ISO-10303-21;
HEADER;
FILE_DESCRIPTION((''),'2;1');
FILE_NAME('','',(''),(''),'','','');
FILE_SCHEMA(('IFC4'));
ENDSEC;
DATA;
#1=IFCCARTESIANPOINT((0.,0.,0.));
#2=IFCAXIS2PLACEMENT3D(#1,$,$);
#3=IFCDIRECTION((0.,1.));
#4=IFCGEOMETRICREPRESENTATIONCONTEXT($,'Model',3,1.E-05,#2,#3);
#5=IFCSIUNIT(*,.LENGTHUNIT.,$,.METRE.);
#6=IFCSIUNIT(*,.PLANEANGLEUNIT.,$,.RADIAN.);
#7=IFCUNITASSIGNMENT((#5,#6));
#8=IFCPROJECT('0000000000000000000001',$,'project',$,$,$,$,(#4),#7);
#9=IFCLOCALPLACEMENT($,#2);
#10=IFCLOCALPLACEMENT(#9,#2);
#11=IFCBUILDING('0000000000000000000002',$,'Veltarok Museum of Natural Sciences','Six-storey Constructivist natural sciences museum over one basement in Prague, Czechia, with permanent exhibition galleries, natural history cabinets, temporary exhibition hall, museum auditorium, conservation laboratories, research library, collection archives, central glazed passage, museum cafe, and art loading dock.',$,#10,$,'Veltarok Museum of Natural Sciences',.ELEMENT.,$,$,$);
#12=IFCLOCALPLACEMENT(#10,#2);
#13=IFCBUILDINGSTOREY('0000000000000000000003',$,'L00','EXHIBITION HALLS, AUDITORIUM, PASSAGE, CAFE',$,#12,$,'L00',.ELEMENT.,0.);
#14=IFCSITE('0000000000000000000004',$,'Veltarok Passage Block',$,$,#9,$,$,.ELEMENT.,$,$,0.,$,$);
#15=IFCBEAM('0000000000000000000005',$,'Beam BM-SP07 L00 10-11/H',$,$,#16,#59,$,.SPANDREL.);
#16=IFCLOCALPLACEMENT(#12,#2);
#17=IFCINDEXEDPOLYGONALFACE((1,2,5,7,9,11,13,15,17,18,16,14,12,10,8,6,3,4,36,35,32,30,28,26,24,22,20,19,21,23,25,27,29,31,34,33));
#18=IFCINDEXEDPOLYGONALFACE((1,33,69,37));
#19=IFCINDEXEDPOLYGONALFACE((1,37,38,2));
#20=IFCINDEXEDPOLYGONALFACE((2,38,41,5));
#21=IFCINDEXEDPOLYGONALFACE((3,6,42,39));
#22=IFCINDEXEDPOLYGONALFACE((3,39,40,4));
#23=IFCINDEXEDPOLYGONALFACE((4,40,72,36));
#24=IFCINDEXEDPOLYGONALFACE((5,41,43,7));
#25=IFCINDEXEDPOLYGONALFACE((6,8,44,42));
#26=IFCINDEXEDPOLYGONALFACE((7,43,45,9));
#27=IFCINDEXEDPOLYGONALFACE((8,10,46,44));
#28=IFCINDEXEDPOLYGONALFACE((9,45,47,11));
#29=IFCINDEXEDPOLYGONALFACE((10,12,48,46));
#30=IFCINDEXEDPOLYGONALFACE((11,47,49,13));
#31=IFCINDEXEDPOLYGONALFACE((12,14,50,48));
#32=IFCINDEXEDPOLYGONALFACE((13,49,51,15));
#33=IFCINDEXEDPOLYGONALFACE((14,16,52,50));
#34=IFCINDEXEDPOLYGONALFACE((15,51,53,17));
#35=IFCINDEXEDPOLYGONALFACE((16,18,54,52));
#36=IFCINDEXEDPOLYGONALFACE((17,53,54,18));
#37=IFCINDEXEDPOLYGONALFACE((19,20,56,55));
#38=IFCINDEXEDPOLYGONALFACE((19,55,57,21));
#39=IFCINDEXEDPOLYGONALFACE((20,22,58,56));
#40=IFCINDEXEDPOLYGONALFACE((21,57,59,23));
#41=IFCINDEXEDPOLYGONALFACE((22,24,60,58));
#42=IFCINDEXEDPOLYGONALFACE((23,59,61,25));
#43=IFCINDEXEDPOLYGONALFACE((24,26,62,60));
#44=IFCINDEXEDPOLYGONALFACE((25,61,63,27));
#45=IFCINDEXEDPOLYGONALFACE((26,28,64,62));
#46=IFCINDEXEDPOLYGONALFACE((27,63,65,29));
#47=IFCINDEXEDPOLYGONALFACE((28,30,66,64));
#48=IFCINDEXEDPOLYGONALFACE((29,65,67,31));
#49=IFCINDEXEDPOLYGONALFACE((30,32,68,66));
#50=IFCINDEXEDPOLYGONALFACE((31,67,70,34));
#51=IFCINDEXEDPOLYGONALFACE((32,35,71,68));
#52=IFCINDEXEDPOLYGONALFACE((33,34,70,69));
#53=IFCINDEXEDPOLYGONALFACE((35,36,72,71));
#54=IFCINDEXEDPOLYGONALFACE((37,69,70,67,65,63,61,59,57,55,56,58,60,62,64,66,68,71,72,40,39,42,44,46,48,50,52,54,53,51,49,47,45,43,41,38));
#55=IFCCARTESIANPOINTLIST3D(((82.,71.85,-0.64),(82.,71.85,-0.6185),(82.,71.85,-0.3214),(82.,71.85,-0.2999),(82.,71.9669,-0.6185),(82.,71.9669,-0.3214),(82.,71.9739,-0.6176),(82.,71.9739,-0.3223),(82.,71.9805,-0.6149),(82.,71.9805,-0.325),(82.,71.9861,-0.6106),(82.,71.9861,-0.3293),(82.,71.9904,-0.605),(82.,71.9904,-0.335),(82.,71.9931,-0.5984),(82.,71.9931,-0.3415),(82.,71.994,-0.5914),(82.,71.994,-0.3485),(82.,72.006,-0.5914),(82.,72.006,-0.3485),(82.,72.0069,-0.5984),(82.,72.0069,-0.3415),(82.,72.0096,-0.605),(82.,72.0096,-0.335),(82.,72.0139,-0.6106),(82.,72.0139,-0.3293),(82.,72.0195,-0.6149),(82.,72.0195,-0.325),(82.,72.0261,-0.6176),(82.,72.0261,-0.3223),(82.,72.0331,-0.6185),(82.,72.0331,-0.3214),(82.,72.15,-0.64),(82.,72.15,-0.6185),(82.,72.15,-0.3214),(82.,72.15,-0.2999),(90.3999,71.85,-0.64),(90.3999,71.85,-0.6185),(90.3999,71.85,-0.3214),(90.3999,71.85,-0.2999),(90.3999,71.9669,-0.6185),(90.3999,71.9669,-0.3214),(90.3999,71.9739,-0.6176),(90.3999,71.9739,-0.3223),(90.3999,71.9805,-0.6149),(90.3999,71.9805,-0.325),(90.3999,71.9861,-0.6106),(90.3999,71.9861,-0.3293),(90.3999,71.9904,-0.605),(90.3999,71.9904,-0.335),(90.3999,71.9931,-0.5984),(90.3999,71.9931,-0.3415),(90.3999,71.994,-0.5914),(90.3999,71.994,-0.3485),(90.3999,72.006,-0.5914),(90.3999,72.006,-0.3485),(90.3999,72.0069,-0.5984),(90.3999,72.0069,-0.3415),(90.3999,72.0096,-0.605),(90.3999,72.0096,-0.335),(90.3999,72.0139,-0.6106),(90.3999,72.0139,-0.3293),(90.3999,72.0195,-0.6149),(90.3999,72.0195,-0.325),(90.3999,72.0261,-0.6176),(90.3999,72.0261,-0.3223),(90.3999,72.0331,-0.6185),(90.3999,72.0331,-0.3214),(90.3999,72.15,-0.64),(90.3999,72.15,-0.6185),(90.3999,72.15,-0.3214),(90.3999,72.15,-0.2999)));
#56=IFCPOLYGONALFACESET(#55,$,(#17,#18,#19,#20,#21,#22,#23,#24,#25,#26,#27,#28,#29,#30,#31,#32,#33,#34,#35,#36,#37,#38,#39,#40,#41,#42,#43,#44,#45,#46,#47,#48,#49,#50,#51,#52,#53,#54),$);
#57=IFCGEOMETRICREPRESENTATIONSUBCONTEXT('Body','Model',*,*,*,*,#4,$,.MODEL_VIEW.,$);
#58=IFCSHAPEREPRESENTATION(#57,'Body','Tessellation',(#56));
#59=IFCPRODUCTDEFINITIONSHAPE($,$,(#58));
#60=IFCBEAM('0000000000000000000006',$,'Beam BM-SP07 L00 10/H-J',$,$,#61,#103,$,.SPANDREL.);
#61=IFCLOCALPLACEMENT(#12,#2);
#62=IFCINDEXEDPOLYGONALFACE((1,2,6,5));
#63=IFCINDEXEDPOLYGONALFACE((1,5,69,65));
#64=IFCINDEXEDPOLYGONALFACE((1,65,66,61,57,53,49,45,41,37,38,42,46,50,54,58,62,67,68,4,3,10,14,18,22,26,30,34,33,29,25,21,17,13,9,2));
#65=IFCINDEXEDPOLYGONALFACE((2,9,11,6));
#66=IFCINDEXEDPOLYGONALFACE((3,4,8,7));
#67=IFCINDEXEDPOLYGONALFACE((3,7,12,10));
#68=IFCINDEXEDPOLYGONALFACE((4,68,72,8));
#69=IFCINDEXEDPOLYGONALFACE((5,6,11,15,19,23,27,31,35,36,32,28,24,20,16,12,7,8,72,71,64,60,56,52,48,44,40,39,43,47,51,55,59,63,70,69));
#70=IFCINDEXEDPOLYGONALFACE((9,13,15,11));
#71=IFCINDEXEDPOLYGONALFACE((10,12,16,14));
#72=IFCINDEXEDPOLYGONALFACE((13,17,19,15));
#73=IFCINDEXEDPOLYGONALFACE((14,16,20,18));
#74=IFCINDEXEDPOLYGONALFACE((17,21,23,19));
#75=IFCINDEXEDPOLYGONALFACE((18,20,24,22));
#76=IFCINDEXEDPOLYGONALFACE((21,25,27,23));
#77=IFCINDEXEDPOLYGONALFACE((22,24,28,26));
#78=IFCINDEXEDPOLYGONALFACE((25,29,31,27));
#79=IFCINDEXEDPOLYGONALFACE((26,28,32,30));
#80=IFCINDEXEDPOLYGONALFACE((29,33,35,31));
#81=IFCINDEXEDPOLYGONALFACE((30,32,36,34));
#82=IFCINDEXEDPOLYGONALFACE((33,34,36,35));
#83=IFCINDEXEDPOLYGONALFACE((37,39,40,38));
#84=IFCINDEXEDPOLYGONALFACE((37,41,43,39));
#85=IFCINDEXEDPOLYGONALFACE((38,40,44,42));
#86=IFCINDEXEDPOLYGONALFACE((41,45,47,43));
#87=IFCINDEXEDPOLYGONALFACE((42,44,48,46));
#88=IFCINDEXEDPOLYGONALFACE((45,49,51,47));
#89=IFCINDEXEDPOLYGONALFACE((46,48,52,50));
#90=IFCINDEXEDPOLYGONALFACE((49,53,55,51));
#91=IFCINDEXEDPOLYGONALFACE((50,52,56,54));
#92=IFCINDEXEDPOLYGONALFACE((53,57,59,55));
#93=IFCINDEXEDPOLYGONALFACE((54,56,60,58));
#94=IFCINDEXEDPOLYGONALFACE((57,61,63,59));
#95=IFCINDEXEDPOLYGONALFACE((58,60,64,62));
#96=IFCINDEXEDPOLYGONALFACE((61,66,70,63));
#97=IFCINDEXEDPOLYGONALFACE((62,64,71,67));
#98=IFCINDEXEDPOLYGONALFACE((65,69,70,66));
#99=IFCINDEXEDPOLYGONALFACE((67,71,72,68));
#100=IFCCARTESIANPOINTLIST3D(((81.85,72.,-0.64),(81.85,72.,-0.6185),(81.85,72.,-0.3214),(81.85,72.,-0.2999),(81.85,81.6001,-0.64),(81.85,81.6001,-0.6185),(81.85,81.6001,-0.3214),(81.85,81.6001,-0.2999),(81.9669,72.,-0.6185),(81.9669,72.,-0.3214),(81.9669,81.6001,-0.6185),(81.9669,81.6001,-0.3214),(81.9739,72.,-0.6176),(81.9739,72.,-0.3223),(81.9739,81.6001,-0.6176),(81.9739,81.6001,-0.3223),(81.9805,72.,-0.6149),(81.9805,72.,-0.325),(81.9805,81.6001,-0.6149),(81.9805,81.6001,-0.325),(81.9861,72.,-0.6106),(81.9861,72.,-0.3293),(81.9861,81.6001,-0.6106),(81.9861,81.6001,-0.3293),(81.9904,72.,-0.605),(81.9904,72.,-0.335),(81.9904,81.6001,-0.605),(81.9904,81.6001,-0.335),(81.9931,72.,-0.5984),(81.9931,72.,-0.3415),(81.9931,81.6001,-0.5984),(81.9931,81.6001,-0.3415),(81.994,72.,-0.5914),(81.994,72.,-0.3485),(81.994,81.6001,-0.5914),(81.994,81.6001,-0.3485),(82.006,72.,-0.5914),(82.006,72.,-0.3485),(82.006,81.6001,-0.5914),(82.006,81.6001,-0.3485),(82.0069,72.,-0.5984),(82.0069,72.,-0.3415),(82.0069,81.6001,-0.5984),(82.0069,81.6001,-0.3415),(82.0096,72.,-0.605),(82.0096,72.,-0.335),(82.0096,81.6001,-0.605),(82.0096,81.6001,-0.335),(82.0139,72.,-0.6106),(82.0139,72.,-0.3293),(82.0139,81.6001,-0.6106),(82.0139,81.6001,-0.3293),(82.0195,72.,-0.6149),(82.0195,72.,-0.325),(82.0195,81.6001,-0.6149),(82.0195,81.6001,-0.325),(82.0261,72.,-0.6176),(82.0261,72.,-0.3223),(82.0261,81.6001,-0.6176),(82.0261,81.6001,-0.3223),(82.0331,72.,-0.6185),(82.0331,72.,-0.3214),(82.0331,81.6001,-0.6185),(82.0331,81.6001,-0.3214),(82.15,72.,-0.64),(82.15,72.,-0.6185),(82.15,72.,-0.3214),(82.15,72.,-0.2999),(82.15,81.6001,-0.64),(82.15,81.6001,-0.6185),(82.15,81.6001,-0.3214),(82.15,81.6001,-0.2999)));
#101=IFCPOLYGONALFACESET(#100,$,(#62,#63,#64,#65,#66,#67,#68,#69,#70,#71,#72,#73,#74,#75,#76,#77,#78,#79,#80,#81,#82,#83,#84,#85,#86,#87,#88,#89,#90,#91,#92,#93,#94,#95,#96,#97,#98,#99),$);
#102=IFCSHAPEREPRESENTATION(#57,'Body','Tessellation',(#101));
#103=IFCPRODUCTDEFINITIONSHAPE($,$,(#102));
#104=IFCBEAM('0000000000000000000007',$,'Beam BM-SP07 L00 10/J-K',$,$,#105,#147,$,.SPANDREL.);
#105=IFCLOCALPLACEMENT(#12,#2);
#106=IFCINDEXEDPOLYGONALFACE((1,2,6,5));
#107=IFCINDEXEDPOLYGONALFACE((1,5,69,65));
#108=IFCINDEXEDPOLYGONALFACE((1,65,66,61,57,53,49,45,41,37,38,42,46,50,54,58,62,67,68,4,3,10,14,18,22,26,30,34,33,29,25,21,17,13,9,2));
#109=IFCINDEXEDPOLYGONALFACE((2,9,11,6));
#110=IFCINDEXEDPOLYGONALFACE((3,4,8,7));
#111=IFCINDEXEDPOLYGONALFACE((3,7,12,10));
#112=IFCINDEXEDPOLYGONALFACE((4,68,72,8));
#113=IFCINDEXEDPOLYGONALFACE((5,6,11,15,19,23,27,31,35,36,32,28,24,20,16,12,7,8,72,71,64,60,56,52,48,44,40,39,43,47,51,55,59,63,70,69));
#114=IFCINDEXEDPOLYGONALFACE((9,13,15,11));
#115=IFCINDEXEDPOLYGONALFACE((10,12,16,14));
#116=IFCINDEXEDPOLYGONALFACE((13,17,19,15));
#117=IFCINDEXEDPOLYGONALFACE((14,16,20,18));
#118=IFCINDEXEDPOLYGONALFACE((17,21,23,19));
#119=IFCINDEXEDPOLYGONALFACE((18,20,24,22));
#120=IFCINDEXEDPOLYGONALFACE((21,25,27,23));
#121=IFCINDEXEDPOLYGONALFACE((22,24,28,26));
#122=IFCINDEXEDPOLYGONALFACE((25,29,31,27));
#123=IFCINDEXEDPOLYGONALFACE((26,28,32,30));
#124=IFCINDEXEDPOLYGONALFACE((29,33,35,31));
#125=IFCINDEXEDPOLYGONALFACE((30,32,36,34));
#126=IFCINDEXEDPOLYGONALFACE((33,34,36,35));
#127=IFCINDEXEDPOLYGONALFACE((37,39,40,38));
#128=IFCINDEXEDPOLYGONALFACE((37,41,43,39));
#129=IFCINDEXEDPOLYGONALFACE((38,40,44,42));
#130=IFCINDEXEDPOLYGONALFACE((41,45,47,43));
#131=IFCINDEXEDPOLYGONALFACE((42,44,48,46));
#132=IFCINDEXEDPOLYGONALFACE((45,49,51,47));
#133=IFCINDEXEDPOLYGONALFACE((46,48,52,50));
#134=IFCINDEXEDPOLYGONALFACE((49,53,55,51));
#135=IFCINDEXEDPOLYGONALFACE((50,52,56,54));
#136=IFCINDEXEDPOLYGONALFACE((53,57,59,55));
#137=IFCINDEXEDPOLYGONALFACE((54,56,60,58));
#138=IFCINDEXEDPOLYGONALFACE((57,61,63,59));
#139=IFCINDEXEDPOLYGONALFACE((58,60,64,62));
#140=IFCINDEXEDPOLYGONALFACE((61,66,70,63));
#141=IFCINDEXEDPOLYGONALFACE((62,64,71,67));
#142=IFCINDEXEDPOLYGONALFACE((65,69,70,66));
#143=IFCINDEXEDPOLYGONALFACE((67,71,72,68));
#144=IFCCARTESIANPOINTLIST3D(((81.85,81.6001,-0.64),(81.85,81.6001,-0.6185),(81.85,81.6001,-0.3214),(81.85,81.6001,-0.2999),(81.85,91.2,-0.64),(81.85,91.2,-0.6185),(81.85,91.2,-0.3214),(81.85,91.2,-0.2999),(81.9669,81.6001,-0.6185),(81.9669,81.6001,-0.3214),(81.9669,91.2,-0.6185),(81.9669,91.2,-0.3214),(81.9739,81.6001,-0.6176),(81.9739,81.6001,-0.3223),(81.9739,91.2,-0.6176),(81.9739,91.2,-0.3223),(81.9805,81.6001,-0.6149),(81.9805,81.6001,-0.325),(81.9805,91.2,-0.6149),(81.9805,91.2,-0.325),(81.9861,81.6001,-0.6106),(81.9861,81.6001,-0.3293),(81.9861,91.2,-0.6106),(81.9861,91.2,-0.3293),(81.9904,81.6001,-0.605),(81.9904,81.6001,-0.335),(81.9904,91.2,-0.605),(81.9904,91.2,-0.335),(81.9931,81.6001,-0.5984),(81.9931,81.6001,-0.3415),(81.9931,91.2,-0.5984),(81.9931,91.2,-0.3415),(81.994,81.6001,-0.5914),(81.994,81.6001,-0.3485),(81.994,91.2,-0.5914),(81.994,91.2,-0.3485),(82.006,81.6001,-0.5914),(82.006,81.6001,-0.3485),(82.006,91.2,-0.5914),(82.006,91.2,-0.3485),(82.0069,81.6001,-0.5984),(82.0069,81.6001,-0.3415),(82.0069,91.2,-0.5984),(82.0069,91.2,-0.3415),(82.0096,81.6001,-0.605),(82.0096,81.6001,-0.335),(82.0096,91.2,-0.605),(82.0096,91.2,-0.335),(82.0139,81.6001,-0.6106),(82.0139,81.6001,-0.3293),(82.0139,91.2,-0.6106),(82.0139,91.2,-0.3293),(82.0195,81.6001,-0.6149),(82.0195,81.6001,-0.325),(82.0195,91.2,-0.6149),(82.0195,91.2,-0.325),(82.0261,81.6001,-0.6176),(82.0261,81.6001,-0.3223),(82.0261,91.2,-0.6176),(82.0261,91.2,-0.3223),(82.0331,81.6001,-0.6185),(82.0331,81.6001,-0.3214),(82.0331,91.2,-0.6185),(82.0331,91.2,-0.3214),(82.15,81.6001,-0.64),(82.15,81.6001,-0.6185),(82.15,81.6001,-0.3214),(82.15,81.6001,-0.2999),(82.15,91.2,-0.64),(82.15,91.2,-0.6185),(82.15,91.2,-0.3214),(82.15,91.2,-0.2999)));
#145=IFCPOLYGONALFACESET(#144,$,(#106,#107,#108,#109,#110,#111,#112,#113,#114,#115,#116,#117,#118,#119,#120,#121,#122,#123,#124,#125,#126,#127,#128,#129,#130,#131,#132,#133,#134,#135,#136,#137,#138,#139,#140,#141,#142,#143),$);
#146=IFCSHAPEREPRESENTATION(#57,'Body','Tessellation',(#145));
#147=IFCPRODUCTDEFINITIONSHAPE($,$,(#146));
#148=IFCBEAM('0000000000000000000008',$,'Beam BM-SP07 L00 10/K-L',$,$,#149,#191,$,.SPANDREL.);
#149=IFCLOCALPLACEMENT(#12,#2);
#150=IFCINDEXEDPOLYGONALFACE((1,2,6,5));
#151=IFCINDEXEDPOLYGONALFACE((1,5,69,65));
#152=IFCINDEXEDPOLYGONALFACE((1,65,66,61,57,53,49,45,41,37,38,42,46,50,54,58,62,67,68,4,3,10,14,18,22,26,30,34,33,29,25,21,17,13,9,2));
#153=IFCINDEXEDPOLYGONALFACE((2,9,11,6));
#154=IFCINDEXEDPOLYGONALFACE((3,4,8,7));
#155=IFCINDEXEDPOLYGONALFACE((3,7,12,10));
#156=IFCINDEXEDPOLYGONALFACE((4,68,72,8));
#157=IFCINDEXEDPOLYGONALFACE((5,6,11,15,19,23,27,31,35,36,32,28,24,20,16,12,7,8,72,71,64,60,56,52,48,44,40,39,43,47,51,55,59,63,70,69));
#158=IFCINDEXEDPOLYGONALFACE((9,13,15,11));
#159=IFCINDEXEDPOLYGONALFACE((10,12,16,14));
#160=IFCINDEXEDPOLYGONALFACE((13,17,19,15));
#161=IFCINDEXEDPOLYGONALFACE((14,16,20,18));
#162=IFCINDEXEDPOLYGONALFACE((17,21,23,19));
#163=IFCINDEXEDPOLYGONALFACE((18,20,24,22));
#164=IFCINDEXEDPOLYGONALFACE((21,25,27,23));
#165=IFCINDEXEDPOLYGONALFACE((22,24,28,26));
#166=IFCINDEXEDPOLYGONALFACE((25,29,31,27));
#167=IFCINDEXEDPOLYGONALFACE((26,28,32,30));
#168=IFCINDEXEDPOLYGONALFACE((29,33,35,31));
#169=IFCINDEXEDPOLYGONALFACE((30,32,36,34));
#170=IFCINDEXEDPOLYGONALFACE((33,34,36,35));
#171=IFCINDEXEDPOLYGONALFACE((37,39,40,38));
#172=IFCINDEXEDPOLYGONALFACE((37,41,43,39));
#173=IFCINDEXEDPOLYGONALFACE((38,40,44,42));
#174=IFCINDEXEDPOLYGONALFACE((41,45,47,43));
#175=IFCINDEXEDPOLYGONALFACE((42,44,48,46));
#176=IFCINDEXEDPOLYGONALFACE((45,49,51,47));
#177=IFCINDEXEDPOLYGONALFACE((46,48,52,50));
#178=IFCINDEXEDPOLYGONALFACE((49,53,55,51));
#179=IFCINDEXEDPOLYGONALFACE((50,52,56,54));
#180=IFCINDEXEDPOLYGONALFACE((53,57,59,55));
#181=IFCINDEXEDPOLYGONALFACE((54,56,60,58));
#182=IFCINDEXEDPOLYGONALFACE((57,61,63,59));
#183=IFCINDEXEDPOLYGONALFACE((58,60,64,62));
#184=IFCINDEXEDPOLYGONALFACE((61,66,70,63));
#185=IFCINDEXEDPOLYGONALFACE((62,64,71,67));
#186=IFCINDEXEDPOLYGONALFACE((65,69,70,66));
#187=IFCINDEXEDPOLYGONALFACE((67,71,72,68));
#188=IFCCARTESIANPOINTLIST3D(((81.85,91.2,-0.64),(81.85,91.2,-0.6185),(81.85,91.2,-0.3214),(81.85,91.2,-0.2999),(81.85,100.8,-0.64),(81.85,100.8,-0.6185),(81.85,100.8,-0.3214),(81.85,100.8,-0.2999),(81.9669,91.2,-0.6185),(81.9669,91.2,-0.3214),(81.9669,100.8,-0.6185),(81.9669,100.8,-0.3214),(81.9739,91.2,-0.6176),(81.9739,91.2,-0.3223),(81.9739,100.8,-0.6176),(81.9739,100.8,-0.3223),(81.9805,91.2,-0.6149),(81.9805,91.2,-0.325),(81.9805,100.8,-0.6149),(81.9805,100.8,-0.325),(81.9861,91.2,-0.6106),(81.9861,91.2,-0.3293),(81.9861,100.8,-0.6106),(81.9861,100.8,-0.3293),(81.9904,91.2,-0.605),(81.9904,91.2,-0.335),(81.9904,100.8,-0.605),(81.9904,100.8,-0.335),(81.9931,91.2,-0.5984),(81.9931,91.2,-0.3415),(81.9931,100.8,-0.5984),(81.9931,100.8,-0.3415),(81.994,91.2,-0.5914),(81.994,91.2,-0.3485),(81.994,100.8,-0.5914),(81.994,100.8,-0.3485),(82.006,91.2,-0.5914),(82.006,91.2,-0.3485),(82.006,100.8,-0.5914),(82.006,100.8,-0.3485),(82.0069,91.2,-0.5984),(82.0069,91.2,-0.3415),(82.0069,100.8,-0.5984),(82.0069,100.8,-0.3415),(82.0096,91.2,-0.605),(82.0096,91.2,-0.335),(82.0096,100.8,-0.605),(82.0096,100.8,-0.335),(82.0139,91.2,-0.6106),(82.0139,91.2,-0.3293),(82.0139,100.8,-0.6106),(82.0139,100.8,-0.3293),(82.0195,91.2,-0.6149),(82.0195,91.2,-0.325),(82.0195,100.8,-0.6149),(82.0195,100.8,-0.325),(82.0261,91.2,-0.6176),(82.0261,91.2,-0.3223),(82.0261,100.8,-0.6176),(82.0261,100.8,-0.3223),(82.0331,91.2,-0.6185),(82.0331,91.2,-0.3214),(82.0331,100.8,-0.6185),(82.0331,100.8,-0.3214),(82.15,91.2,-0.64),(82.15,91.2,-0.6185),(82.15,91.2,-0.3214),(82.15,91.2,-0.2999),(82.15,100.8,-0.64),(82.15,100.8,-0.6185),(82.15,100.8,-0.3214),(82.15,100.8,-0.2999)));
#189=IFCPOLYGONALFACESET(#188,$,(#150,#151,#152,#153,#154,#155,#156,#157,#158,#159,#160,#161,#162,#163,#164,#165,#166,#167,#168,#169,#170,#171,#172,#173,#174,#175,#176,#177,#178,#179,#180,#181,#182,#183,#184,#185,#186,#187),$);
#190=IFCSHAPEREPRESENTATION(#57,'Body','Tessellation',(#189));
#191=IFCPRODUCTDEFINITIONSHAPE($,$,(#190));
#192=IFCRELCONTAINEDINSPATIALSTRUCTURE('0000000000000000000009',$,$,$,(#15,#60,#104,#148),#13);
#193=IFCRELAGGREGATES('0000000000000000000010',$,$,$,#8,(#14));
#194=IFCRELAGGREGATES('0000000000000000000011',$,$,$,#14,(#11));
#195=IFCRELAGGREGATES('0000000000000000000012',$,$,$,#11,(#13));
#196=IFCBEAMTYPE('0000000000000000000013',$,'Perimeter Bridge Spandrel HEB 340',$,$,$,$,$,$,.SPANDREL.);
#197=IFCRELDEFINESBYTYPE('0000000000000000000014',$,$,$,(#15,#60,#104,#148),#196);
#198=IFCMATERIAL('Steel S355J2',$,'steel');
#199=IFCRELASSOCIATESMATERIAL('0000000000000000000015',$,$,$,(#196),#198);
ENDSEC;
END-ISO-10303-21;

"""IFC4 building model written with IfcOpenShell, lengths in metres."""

from ifc_helpers import new_model, si_unit, direction, frame, origin, origin_2d, place, context, subcontext, project, spatial, i_section, extrude, material, material_profile, profile_set, type_object, element, save


model = new_model("IFC4")

# Units and contexts
model_context = context("Model", 3, precision=1e-05, world=origin(), true_north=direction((0.0, 1.0)))
body_context = subcontext(model_context, "Body", "Model", "MODEL_VIEW")
ifc_project = project(units=[si_unit("LENGTHUNIT", "METRE"), si_unit("PLANEANGLEUNIT", "RADIAN")], contexts=[model_context])

# Site, building, storey
site_placement = place(None, origin())
site = spatial("IfcSite", under=ifc_project, at=site_placement, Name="Veltarok Passage Block", CompositionType="ELEMENT", RefElevation=0.0)
building_placement = place(site_placement, origin())
building = spatial("IfcBuilding", under=site, at=building_placement, Name="Veltarok Museum of Natural Sciences", Description="Six-storey Constructivist natural sciences museum over one basement in Prague, Czechia, with permanent exhibition galleries, natural history cabinets, temporary exhibition hall, museum auditorium, conservation laboratories, research library, collection archives, central glazed passage, museum cafe, and art loading dock.", LongName="Veltarok Museum of Natural Sciences", CompositionType="ELEMENT")
storey_placement = place(building_placement, origin())
storey = spatial("IfcBuildingStorey", under=building, at=storey_placement, Name="L00", Description="EXHIBITION HALLS, AUDITORIUM, PASSAGE, CAFE", LongName="L00", CompositionType="ELEMENT", Elevation=0.0)

# Shared definitions
ifc_material_1 = material(Name="Steel S355J2", Category="steel")

# Beams
ifc_material_profile_1 = material_profile(ifc_material_1, i_section(OverallWidth=0.3, OverallDepth=0.3401, WebThickness=0.012, FlangeThickness=0.0215, FilletRadius=0.0271, at=origin_2d()), Name="HEB 340")
ifc_profile_set_1 = profile_set([ifc_material_profile_1], Name="Steel S355J2")
beam_type = type_object("IfcBeamType", Name="Perimeter Bridge Spandrel HEB 340", PredefinedType="SPANDREL", material=ifc_profile_set_1)
beam_1_placement = place(storey_placement, frame((82.0, 72.0, -0.47), z_axis=(1.0, 0.0, 0.0), x_axis=(0.0, 1.0, 0.0)))
element("IfcBeam", 1, at=beam_1_placement, inside=storey, type_object=beam_type, Name="Beam BM-SP07 L00 10-11/H", PredefinedType="SPANDREL", context=body_context, shape_type="SweptSolid", body=[
    extrude(i_section(OverallWidth=0.3, OverallDepth=0.3401, WebThickness=0.012, FlangeThickness=0.0215, FilletRadius=0.0271, at=origin_2d()), origin(), (0.0, 0.0, 1.0), 8.3999),
])
beam_2_placement = place(storey_placement, frame((82.0, 72.0, -0.47), z_axis=(0.0, 1.0, 0.0), x_axis=(-1.0, 0.0, 0.0)))
element("IfcBeam", 2, at=beam_2_placement, inside=storey, type_object=beam_type, Name="Beam BM-SP07 L00 10/H-J", PredefinedType="SPANDREL", context=body_context, shape_type="SweptSolid", body=[
    extrude(i_section(OverallWidth=0.3, OverallDepth=0.3401, WebThickness=0.012, FlangeThickness=0.0215, FilletRadius=0.0271, at=origin_2d()), origin(), (0.0, 0.0, 1.0), 9.6001),
])
beam_3_placement = place(storey_placement, frame((82.0, 81.6001, -0.47), z_axis=(0.0, 1.0, 0.0), x_axis=(-1.0, 0.0, 0.0)))
element("IfcBeam", 3, at=beam_3_placement, inside=storey, type_object=beam_type, Name="Beam BM-SP07 L00 10/J-K", PredefinedType="SPANDREL", context=body_context, shape_type="SweptSolid", body=[
    extrude(i_section(OverallWidth=0.3, OverallDepth=0.3401, WebThickness=0.012, FlangeThickness=0.0215, FilletRadius=0.0271, at=origin_2d()), origin(), (0.0, 0.0, 1.0), 9.5999),
])
beam_4_placement = place(storey_placement, frame((82.0, 91.2, -0.47), z_axis=(0.0, 1.0, 0.0), x_axis=(-1.0, 0.0, 0.0)))
element("IfcBeam", 4, at=beam_4_placement, inside=storey, type_object=beam_type, Name="Beam BM-SP07 L00 10/K-L", PredefinedType="SPANDREL", context=body_context, shape_type="SweptSolid", body=[
    extrude(i_section(OverallWidth=0.3, OverallDepth=0.3401, WebThickness=0.012, FlangeThickness=0.0215, FilletRadius=0.0271, at=origin_2d()), origin(), (0.0, 0.0, 1.0), 9.6001),
])

save(model, "model.ifc")
